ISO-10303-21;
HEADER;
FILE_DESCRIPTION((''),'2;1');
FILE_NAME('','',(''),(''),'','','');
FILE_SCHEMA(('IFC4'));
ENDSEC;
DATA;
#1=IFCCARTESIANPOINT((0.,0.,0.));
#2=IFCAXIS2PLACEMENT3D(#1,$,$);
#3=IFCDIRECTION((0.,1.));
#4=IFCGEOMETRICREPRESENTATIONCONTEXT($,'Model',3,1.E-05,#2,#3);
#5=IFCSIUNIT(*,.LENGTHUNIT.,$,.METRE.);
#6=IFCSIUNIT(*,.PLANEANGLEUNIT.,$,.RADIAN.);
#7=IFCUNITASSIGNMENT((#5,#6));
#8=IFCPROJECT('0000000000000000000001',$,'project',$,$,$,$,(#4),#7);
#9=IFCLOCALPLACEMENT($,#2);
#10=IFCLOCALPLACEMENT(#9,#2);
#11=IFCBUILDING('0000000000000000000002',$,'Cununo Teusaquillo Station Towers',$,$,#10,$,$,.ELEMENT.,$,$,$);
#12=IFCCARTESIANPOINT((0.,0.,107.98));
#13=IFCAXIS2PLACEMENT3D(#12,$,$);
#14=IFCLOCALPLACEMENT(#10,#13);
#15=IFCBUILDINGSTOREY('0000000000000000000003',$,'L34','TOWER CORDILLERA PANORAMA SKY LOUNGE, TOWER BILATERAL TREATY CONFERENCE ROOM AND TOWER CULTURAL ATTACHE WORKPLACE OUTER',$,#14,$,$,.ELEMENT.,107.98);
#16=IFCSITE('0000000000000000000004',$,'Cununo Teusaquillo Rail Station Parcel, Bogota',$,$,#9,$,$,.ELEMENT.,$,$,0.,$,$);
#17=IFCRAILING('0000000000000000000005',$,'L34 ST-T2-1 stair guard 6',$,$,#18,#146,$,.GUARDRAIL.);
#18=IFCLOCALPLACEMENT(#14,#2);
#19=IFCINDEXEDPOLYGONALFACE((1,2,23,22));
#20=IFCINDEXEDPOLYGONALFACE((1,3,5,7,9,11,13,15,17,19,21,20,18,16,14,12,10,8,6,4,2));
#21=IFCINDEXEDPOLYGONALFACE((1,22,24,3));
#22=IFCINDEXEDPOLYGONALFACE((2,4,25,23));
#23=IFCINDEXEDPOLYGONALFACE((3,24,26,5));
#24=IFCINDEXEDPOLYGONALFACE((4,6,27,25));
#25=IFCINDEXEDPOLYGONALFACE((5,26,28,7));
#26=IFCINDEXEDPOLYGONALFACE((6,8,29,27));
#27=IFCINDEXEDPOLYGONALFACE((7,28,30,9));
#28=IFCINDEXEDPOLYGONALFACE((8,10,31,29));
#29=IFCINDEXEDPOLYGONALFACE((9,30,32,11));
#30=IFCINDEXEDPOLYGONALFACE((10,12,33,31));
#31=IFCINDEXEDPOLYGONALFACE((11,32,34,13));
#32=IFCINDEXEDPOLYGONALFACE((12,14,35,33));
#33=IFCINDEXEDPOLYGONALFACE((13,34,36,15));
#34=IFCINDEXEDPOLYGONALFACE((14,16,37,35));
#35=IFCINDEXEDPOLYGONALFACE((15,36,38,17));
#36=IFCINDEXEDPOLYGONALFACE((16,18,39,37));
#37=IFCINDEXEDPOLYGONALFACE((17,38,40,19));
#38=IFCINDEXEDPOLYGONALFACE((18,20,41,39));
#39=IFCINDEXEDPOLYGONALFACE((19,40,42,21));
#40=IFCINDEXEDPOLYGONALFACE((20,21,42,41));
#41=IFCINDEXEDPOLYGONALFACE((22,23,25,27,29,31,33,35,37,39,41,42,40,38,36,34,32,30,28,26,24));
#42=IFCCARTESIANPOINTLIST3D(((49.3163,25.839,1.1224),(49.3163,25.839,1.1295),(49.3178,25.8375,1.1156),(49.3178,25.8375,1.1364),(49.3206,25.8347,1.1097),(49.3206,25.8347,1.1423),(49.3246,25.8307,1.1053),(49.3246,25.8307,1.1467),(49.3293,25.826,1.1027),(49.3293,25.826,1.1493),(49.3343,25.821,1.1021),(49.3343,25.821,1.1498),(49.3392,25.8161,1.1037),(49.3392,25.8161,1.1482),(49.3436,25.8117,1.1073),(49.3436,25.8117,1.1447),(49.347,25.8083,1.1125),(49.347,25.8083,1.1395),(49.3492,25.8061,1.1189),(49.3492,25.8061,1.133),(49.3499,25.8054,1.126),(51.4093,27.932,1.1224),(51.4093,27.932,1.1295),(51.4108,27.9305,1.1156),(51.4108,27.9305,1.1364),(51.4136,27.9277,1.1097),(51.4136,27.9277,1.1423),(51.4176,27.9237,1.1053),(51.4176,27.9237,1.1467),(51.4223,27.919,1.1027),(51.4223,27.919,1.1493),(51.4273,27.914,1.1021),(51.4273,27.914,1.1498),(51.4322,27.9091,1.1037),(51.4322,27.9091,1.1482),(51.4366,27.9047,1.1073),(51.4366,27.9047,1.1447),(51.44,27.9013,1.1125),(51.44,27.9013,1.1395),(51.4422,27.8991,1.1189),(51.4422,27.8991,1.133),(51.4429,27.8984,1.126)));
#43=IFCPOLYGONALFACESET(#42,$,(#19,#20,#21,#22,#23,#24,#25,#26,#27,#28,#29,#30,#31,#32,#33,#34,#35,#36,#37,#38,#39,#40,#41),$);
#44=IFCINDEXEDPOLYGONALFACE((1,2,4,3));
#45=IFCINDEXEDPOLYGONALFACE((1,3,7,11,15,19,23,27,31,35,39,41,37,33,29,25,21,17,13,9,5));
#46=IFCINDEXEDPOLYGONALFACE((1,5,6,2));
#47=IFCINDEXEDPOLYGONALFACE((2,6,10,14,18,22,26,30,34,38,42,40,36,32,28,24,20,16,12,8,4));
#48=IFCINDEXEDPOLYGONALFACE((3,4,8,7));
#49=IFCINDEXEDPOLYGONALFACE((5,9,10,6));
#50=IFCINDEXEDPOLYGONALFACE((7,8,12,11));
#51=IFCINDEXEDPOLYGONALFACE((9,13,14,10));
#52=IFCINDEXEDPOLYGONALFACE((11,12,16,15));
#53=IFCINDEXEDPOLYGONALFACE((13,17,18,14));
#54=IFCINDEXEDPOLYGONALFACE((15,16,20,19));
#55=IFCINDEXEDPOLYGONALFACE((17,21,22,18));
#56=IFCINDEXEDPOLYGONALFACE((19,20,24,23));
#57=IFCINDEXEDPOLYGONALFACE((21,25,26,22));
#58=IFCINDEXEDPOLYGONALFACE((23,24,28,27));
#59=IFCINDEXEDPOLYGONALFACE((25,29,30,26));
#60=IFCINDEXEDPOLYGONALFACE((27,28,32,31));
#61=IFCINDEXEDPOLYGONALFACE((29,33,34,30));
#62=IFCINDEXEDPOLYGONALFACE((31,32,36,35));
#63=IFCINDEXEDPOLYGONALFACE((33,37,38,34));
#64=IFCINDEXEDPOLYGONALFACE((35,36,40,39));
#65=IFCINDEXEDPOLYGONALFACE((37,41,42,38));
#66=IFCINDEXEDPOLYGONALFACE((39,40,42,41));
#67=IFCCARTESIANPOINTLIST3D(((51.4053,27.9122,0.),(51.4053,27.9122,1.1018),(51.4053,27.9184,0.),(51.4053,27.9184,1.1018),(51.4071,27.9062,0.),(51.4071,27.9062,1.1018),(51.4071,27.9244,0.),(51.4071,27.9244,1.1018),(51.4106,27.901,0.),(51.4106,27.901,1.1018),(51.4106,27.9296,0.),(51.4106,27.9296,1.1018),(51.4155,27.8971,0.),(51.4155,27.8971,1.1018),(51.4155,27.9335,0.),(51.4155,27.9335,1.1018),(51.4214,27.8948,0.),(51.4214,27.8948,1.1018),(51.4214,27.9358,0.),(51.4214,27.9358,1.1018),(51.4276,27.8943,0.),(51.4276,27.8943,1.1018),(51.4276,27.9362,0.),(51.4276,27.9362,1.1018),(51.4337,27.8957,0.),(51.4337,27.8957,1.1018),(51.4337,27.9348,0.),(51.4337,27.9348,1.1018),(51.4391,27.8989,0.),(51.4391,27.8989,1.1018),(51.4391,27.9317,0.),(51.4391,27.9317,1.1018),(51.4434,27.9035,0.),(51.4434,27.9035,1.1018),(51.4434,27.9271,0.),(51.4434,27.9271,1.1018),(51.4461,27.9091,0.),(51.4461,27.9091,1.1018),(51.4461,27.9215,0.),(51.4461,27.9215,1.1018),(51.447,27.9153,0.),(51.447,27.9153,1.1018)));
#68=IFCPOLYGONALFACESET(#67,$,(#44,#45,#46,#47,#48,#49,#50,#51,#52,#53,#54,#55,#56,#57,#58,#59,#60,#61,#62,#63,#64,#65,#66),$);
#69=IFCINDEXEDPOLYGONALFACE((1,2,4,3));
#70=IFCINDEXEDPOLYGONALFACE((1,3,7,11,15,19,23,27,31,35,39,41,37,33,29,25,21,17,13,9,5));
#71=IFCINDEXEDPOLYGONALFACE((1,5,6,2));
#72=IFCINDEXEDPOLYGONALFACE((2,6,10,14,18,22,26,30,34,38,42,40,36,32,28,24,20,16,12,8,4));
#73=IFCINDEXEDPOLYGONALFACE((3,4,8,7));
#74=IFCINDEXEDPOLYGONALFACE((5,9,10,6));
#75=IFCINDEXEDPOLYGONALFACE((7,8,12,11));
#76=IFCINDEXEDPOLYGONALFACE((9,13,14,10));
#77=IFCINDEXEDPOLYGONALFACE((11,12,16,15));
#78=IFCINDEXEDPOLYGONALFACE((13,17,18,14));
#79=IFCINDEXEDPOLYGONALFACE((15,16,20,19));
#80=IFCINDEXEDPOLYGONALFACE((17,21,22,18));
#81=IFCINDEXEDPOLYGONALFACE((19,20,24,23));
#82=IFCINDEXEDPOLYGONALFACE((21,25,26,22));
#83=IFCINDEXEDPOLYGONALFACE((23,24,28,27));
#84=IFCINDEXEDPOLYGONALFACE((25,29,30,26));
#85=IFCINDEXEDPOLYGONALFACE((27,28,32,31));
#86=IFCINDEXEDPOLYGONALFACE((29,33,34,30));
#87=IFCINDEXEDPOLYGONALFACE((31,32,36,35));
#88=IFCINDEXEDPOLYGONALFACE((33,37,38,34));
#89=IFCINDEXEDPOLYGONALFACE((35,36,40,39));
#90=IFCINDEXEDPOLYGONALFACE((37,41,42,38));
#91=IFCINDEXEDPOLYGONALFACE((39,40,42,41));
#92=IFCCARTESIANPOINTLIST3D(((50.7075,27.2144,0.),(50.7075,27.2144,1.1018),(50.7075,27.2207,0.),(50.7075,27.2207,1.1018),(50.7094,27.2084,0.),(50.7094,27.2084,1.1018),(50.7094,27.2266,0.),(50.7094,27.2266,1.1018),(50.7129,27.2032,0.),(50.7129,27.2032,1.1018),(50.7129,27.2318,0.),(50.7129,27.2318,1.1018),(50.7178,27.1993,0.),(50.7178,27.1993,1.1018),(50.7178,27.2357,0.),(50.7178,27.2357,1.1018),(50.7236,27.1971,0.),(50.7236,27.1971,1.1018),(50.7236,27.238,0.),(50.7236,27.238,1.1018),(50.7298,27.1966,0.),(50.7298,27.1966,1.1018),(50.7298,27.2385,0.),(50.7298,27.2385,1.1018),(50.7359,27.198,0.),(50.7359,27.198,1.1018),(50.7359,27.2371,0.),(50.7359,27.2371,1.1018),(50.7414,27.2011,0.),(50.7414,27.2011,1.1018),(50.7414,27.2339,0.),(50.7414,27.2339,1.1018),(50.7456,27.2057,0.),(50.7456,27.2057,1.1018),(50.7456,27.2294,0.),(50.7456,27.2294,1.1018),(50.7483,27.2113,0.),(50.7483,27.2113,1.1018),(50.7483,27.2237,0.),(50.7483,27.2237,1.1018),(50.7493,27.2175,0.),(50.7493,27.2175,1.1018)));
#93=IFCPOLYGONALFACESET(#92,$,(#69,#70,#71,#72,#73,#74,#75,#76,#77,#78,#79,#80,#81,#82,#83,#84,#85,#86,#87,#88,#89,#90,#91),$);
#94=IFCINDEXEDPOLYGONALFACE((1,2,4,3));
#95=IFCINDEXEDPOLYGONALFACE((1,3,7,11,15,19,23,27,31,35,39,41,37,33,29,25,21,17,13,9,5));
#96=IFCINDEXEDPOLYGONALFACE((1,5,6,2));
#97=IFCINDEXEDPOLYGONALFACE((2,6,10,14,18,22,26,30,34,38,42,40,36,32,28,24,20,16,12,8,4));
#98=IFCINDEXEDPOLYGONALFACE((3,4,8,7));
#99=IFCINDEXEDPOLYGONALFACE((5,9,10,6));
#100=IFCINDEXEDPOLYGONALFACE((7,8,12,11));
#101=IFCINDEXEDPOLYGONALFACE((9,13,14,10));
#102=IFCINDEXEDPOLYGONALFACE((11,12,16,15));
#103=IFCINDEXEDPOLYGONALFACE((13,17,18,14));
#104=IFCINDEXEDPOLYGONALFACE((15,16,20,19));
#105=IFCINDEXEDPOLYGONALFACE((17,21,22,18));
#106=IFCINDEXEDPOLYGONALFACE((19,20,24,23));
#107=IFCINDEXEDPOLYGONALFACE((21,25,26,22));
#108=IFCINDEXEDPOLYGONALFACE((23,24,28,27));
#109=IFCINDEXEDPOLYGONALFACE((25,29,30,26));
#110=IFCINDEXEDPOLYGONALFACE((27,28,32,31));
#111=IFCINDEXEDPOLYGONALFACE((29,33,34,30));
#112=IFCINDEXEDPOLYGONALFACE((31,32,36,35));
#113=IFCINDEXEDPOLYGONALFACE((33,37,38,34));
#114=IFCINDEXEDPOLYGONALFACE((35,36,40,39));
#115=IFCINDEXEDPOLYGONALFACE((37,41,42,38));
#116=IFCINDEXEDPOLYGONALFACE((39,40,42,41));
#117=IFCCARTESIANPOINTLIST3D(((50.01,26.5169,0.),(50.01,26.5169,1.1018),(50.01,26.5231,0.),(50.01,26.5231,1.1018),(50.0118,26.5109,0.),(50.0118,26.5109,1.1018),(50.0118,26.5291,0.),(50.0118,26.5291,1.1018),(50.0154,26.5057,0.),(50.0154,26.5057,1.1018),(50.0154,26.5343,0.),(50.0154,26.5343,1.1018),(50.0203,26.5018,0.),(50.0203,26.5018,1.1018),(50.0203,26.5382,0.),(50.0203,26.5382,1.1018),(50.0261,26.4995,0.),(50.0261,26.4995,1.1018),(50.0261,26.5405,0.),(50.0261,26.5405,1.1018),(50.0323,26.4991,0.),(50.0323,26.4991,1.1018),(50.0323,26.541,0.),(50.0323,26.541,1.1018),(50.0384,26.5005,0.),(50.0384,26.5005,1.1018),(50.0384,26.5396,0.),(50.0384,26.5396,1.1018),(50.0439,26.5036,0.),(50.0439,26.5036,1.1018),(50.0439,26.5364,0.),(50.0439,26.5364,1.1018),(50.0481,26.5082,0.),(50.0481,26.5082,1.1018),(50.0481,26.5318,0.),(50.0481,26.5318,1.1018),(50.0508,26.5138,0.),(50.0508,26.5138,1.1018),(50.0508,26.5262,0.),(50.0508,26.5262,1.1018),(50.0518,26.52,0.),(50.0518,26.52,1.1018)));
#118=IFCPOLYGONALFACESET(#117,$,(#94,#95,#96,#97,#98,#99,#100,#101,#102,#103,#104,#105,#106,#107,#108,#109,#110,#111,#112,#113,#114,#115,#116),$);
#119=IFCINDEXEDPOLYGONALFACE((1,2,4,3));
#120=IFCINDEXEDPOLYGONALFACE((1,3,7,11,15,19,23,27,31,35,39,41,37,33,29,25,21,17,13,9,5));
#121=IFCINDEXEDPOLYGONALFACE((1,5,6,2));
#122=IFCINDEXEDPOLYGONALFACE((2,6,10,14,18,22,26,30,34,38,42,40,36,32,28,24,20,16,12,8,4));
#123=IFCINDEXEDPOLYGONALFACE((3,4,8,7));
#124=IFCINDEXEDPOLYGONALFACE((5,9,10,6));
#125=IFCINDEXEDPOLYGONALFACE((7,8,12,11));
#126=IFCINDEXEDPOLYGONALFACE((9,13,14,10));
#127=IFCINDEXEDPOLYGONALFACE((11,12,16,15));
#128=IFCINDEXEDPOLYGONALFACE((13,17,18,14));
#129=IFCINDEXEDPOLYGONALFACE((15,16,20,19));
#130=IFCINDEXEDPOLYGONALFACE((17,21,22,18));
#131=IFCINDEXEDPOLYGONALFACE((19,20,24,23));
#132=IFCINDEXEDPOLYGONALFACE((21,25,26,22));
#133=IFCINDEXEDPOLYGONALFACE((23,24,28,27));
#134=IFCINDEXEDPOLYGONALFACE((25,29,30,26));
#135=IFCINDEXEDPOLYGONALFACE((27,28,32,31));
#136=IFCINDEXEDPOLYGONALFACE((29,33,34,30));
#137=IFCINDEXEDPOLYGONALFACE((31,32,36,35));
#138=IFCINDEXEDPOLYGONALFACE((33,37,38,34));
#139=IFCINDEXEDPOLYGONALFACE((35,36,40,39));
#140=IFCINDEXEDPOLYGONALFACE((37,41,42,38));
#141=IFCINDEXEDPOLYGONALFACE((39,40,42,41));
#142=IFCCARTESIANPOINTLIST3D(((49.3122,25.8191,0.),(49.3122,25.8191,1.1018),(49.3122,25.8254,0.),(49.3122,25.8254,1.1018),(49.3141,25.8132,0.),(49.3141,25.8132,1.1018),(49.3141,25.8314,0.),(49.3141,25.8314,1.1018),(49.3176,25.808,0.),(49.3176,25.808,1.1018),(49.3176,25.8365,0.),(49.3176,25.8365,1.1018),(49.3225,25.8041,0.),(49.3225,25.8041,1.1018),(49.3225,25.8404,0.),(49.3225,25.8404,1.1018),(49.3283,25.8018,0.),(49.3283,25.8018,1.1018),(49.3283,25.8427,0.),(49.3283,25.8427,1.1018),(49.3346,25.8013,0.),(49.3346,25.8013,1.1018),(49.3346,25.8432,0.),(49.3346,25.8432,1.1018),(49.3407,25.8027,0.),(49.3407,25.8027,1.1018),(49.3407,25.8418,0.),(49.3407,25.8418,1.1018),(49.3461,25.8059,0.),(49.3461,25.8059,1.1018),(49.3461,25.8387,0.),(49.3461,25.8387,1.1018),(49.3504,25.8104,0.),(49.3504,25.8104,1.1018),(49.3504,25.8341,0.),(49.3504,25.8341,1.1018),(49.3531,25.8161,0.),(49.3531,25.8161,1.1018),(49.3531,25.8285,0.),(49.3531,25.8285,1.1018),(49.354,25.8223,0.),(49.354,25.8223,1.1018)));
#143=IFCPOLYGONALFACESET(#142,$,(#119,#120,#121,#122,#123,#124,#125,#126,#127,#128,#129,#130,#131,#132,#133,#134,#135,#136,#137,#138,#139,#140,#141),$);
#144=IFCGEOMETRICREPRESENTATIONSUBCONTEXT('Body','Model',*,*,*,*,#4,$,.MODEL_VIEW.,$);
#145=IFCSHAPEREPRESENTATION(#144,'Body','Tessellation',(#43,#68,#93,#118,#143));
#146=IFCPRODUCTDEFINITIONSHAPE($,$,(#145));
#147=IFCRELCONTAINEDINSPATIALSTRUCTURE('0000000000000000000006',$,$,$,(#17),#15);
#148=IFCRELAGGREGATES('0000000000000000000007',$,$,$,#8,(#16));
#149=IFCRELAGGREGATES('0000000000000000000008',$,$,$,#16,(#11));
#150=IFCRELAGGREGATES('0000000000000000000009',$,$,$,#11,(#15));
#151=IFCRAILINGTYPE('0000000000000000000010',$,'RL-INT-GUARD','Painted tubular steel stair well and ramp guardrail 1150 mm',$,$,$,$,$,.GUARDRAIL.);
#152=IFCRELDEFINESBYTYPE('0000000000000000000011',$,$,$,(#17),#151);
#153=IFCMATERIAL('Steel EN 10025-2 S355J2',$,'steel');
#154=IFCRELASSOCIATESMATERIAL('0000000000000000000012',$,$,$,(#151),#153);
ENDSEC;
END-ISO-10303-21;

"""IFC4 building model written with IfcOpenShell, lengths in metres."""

from ifc_helpers import new_model, si_unit, direction, frame, origin, origin_2d, place, context, subcontext, project, spatial, circle, extrude, material, type_object, element, save


model = new_model("IFC4")

# Units and contexts
model_context = context("Model", 3, precision=1e-05, world=origin(), true_north=direction((0.0, 1.0)))
body_context = subcontext(model_context, "Body", "Model", "MODEL_VIEW")
ifc_project = project(units=[si_unit("LENGTHUNIT", "METRE"), si_unit("PLANEANGLEUNIT", "RADIAN")], contexts=[model_context])

# Site, building, storey
site_placement = place(None, origin())
site = spatial("IfcSite", under=ifc_project, at=site_placement, Name="Cununo Teusaquillo Rail Station Parcel, Bogota", CompositionType="ELEMENT", RefElevation=0.0)
building_placement = place(site_placement, origin())
building = spatial("IfcBuilding", under=site, at=building_placement, Name="Cununo Teusaquillo Station Towers", CompositionType="ELEMENT")
storey_placement = place(building_placement, frame((0.0, 0.0, 107.98)))
storey = spatial("IfcBuildingStorey", under=building, at=storey_placement, Name="L34", Description="TOWER CORDILLERA PANORAMA SKY LOUNGE, TOWER BILATERAL TREATY CONFERENCE ROOM AND TOWER CULTURAL ATTACHE WORKPLACE OUTER", CompositionType="ELEMENT", Elevation=107.98)

# Railing
ifc_material_1 = material(Name="Steel EN 10025-2 S355J2", Category="steel")
railing_type = type_object("IfcRailingType", Name="RL-INT-GUARD", Description="Painted tubular steel stair well and ramp guardrail 1150 mm", PredefinedType="GUARDRAIL", material=ifc_material_1)
railing_1_placement = place(storey_placement, frame((51.426, 27.9153, 0.0)))
element("IfcRailing", 1, at=railing_1_placement, inside=storey, type_object=railing_type, Name="L34 ST-T2-1 stair guard 6", PredefinedType="GUARDRAIL", context=body_context, shape_type="SweptSolid", body=[
    extrude(circle(Radius=0.0239, at=origin_2d()), frame((0.0, 0.0, 1.126), z_axis=(-0.707107, -0.707107, 0.0), x_axis=(0.707107, -0.707107, 0.0)), (0.0, 0.0, 1.0), 2.96),
    extrude(circle(Radius=0.021, at=origin_2d()), origin(), (0.0, 0.0, 1.0), 1.1018),
    extrude(circle(Radius=0.021, at=origin_2d()), frame((-0.6978, -0.6978, 0.0)), (0.0, 0.0, 1.0), 1.1018),
    extrude(circle(Radius=0.021, at=origin_2d()), frame((-1.3953, -1.3953, 0.0)), (0.0, 0.0, 1.0), 1.1018),
    extrude(circle(Radius=0.021, at=origin_2d()), frame((-2.093, -2.093, 0.0)), (0.0, 0.0, 1.0), 1.1018),
])

save(model, "model.ifc")
